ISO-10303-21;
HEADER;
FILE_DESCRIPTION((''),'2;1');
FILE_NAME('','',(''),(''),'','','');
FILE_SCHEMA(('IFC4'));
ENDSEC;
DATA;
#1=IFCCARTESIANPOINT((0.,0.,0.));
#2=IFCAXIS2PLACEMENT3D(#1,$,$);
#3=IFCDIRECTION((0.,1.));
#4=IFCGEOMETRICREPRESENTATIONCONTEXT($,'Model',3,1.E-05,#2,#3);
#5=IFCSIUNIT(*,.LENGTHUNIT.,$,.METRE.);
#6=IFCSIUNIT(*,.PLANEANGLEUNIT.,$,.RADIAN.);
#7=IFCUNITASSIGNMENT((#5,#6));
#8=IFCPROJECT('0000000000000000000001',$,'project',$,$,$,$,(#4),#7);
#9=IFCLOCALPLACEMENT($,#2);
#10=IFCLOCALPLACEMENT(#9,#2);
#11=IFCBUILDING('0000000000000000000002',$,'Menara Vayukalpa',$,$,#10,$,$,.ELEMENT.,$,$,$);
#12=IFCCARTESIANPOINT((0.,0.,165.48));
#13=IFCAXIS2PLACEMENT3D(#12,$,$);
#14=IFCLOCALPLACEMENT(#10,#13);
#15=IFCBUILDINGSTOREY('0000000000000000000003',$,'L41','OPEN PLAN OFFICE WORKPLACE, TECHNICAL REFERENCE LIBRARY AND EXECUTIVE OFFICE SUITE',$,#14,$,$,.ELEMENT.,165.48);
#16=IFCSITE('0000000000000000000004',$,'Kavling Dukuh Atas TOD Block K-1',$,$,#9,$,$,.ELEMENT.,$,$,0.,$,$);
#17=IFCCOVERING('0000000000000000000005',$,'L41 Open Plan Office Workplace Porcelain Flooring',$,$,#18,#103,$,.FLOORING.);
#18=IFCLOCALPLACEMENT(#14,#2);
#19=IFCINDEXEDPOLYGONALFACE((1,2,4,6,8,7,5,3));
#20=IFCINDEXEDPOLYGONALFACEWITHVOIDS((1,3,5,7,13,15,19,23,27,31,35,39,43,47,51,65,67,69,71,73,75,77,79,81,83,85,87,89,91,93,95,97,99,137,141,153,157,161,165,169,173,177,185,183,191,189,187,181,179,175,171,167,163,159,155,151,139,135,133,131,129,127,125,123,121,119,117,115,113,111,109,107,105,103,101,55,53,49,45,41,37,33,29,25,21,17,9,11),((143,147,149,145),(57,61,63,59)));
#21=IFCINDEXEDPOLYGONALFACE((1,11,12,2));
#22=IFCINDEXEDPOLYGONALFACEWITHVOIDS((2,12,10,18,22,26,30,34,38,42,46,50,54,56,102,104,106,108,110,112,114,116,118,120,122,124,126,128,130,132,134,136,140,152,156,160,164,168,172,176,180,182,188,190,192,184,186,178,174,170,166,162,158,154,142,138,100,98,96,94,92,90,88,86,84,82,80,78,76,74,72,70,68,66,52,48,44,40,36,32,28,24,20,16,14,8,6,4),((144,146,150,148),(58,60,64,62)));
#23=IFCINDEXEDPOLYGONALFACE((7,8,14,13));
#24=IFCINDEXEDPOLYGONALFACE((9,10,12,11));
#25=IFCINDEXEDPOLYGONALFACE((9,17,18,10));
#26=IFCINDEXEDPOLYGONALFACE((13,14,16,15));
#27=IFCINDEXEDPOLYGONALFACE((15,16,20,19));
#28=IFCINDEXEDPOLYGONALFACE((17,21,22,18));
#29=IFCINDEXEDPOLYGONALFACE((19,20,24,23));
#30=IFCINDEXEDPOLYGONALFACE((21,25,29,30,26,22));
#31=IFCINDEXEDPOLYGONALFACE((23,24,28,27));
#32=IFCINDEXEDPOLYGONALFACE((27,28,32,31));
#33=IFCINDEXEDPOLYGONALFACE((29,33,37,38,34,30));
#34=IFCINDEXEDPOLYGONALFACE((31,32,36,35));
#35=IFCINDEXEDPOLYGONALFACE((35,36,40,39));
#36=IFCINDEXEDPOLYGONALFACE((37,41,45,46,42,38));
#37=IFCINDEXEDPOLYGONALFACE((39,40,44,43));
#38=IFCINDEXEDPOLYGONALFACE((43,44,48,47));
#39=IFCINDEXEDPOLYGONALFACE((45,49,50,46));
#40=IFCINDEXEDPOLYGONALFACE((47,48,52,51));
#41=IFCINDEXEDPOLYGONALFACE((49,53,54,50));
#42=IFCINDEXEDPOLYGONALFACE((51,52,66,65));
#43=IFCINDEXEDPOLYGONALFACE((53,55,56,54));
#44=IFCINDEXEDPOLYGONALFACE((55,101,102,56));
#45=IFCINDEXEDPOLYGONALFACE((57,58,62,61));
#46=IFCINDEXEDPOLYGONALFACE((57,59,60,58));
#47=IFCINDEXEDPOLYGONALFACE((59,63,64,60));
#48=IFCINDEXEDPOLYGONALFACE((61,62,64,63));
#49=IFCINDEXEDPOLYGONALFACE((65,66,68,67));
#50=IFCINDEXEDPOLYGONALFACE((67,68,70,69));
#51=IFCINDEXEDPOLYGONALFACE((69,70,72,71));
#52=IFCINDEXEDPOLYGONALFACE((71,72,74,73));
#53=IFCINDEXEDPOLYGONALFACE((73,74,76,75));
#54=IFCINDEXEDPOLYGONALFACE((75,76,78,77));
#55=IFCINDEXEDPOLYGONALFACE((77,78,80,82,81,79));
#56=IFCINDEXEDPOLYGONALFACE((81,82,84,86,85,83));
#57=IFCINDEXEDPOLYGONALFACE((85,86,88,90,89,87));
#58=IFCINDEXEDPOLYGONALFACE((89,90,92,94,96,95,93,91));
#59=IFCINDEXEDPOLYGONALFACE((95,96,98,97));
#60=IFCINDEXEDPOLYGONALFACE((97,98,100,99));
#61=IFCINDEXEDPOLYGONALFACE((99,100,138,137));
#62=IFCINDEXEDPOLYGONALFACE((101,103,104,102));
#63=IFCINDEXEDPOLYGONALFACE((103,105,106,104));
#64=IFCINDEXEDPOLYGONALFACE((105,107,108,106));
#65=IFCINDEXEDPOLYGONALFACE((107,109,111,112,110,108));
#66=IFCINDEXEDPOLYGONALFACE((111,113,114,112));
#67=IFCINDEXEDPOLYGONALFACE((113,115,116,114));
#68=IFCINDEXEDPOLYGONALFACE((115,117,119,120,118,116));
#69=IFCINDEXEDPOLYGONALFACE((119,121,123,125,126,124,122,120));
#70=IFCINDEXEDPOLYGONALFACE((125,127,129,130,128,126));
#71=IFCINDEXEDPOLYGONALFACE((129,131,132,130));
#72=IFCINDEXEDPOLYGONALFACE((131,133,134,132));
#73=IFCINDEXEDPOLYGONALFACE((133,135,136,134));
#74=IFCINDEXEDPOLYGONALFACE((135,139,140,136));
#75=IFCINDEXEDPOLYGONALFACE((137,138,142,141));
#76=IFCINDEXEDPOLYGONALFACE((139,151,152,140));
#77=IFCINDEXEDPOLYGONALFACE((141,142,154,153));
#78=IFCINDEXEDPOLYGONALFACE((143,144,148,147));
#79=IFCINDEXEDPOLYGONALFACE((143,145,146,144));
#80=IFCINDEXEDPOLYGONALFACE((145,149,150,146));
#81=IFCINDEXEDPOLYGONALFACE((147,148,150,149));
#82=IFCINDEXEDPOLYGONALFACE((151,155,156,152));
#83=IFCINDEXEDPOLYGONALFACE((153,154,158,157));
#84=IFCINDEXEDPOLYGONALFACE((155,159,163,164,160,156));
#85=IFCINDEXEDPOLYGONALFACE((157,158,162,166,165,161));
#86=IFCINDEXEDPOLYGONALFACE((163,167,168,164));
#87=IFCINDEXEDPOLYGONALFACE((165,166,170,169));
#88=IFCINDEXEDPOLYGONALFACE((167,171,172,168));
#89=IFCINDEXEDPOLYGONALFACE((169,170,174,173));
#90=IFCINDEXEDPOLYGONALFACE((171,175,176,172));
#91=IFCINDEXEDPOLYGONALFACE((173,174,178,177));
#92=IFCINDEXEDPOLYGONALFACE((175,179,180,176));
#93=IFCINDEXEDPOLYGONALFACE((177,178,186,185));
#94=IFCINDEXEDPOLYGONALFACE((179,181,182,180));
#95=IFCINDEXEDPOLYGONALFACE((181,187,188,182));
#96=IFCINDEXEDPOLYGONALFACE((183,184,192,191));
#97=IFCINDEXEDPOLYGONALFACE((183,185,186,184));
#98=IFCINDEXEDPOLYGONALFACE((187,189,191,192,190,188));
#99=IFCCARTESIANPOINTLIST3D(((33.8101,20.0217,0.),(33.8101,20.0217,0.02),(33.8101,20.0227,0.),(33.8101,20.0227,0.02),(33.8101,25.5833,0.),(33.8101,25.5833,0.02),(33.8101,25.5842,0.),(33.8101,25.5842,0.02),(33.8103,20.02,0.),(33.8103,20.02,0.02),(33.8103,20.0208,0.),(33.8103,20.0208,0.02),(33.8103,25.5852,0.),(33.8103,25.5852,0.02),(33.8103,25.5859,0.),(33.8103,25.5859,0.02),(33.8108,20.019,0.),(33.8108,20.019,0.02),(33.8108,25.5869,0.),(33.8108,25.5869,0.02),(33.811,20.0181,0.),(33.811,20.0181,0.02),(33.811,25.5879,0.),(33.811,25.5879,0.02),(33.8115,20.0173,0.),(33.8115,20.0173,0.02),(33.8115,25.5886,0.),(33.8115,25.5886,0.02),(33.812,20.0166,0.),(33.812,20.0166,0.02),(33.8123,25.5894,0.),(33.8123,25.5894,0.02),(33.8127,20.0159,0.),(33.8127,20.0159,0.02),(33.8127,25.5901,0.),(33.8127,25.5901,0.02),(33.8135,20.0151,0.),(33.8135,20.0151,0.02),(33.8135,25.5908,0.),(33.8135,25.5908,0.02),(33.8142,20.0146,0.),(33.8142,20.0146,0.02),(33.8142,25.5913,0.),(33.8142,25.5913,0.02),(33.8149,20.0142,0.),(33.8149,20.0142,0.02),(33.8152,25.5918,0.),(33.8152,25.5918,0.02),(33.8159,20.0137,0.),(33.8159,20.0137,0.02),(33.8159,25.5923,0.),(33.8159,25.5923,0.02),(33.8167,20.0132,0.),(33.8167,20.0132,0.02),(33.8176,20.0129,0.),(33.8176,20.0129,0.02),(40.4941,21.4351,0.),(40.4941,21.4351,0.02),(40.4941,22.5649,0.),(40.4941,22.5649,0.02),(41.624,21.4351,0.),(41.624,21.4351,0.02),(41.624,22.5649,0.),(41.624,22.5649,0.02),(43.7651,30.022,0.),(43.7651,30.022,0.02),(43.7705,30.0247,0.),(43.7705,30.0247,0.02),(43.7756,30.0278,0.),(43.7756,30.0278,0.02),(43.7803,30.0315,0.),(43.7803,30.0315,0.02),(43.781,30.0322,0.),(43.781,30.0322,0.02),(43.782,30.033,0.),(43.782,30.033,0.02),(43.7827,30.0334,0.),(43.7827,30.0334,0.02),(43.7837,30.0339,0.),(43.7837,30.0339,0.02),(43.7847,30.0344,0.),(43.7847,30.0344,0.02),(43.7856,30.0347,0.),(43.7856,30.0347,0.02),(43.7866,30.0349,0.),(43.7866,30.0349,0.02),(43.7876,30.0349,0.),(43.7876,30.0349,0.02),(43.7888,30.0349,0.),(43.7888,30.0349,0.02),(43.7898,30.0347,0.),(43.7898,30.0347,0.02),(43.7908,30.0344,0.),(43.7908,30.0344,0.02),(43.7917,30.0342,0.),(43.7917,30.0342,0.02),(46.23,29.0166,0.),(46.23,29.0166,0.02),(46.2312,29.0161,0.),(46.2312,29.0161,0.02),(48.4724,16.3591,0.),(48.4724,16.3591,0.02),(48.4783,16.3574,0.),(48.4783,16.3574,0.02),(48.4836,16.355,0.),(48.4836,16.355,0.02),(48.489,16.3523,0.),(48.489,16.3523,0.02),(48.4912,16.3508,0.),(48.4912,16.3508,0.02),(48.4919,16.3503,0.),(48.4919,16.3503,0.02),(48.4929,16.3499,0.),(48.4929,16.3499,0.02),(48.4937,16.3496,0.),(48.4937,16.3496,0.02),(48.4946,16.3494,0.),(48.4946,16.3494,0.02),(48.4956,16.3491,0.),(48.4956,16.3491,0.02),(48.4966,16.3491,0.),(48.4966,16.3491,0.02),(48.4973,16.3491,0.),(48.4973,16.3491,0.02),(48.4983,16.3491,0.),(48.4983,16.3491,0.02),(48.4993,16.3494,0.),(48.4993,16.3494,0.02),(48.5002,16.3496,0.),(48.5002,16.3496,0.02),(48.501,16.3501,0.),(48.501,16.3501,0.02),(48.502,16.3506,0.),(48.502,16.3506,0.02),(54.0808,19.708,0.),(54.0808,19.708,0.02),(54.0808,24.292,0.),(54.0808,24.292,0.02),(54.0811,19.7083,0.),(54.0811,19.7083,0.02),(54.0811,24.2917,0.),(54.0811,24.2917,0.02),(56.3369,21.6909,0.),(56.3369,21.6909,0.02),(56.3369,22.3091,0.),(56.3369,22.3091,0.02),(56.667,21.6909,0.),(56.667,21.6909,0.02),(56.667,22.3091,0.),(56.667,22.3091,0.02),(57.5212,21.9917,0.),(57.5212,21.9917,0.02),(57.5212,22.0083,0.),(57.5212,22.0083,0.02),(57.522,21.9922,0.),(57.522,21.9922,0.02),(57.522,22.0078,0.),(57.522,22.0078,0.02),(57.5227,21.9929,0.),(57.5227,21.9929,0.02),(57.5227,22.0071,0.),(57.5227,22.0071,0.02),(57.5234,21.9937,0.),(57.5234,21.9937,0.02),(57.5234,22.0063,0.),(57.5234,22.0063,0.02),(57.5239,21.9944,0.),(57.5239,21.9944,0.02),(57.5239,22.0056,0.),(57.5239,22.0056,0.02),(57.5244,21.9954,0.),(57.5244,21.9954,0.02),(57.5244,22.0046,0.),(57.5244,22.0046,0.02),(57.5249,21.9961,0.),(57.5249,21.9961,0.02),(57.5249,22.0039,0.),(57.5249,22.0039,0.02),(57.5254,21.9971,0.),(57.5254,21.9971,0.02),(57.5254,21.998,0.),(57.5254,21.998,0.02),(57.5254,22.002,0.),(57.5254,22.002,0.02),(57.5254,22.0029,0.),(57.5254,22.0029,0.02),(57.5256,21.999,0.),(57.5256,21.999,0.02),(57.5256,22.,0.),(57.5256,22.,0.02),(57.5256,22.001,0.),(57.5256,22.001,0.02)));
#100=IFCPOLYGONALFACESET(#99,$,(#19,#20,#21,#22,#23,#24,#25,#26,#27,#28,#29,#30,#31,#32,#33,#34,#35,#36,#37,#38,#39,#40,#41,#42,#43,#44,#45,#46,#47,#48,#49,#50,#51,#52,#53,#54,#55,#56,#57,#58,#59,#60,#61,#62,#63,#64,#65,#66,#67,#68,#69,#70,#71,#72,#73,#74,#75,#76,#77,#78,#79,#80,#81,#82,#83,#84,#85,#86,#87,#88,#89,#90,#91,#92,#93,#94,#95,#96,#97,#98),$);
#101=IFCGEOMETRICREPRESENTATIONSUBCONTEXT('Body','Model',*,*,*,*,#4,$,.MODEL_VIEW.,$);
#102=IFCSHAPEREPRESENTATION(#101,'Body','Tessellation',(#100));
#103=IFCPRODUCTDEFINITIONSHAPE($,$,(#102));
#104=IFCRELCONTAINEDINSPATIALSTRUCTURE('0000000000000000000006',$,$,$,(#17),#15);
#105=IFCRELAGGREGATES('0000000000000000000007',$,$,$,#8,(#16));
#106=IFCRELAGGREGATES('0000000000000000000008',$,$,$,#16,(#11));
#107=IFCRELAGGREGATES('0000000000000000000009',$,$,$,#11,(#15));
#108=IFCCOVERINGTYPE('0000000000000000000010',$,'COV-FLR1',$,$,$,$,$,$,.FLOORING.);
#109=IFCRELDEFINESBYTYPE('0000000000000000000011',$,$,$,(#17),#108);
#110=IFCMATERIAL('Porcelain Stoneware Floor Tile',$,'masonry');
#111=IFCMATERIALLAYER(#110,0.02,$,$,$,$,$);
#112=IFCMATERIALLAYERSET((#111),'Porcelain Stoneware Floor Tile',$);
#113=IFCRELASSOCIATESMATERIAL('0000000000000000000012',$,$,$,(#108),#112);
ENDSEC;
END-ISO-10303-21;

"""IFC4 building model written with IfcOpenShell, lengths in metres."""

from ifc_helpers import new_model, si_unit, direction, frame, origin, place, context, subcontext, project, spatial, polyline, outline, extrude, material, layer, layer_set, type_object, element, save


model = new_model("IFC4")

# Units and contexts
model_context = context("Model", 3, precision=1e-05, world=origin(), true_north=direction((0.0, 1.0)))
body_context = subcontext(model_context, "Body", "Model", "MODEL_VIEW")
ifc_project = project(units=[si_unit("LENGTHUNIT", "METRE"), si_unit("PLANEANGLEUNIT", "RADIAN")], contexts=[model_context])

# Site, building, storey
site_placement = place(None, origin())
site = spatial("IfcSite", under=ifc_project, at=site_placement, Name="Kavling Dukuh Atas TOD Block K-1", CompositionType="ELEMENT", RefElevation=0.0)
building_placement = place(site_placement, origin())
building = spatial("IfcBuilding", under=site, at=building_placement, Name="Menara Vayukalpa", CompositionType="ELEMENT")
storey_placement = place(building_placement, frame((0.0, 0.0, 165.48)))
storey = spatial("IfcBuildingStorey", under=building, at=storey_placement, Name="L41", Description="OPEN PLAN OFFICE WORKPLACE, TECHNICAL REFERENCE LIBRARY AND EXECUTIVE OFFICE SUITE", CompositionType="ELEMENT", Elevation=165.48)

# Covering
ifc_material_1 = material(Name="Porcelain Stoneware Floor Tile", Category="masonry")
ifc_layer_1 = layer(ifc_material_1, 0.02)
ifc_layer_set_1 = layer_set([ifc_layer_1], Name="Porcelain Stoneware Floor Tile")
covering_type_1 = type_object("IfcCoveringType", Name="COV-FLR1", PredefinedType="FLOORING", material=ifc_layer_set_1)
covering_1_placement = place(storey_placement, origin())
element("IfcCovering", 1, at=covering_1_placement, inside=storey, type_object=covering_type_1, Name="L41 Open Plan Office Workplace Porcelain Flooring", PredefinedType="FLOORING", context=body_context, shape_type="SweptSolid", body=[
    extrude(outline(polyline([(54.0811, 24.2917), (57.5212, 22.0083), (57.522, 22.0078), (57.5227, 22.0071), (57.5234, 22.0063), (57.5239, 22.0056), (57.5244, 22.0046), (57.5249, 22.0039), (57.5254, 22.0029), (57.5254, 22.002), (57.5256, 22.001), (57.5256, 22.0), (57.5256, 21.999), (57.5254, 21.998), (57.5254, 21.9971), (57.5249, 21.9961), (57.5244, 21.9954), (57.5239, 21.9944), (57.5234, 21.9937), (57.5227, 21.9929), (57.522, 21.9922), (57.5212, 21.9917), (54.0811, 19.7083), (54.0808, 19.708), (48.502, 16.3506), (48.501, 16.3501), (48.5002, 16.3496), (48.4993, 16.3494), (48.4983, 16.3491), (48.4973, 16.3491), (48.4966, 16.3491), (48.4956, 16.3491), (48.4946, 16.3494), (48.4937, 16.3496), (48.4929, 16.3499), (48.4919, 16.3503), (48.4912, 16.3508), (48.489, 16.3523), (48.4836, 16.355), (48.4783, 16.3574), (48.4724, 16.3591), (33.8176, 20.0129), (33.8167, 20.0132), (33.8159, 20.0137), (33.8149, 20.0142), (33.8142, 20.0146), (33.8135, 20.0151), (33.8127, 20.0159), (33.812, 20.0166), (33.8115, 20.0173), (33.811, 20.0181), (33.8108, 20.019), (33.8103, 20.02), (33.8103, 20.0208), (33.8101, 20.0217), (33.8101, 20.0227), (33.8101, 25.5833), (33.8101, 25.5842), (33.8103, 25.5852), (33.8103, 25.5859), (33.8108, 25.5869), (33.811, 25.5879), (33.8115, 25.5886), (33.8123, 25.5894), (33.8127, 25.5901), (33.8135, 25.5908), (33.8142, 25.5913), (33.8152, 25.5918), (33.8159, 25.5923), (43.7651, 30.022), (43.7705, 30.0247), (43.7756, 30.0278), (43.7803, 30.0315), (43.781, 30.0322), (43.782, 30.033), (43.7827, 30.0334), (43.7837, 30.0339), (43.7847, 30.0344), (43.7856, 30.0347), (43.7866, 30.0349), (43.7876, 30.0349), (43.7888, 30.0349), (43.7898, 30.0347), (43.7908, 30.0344), (43.7917, 30.0342), (46.23, 29.0166), (46.2312, 29.0161), (54.0808, 24.292), (54.0811, 24.2917)]), holes=[polyline([(41.624, 22.5649), (40.4941, 22.5649), (40.4941, 21.4351), (41.624, 21.4351), (41.624, 22.5649)]), polyline([(56.667, 22.3091), (56.3369, 22.3091), (56.3369, 21.6909), (56.667, 21.6909), (56.667, 22.3091)])]), origin(), (0.0, 0.0, 1.0), 0.02),
])

save(model, "model.ifc")
